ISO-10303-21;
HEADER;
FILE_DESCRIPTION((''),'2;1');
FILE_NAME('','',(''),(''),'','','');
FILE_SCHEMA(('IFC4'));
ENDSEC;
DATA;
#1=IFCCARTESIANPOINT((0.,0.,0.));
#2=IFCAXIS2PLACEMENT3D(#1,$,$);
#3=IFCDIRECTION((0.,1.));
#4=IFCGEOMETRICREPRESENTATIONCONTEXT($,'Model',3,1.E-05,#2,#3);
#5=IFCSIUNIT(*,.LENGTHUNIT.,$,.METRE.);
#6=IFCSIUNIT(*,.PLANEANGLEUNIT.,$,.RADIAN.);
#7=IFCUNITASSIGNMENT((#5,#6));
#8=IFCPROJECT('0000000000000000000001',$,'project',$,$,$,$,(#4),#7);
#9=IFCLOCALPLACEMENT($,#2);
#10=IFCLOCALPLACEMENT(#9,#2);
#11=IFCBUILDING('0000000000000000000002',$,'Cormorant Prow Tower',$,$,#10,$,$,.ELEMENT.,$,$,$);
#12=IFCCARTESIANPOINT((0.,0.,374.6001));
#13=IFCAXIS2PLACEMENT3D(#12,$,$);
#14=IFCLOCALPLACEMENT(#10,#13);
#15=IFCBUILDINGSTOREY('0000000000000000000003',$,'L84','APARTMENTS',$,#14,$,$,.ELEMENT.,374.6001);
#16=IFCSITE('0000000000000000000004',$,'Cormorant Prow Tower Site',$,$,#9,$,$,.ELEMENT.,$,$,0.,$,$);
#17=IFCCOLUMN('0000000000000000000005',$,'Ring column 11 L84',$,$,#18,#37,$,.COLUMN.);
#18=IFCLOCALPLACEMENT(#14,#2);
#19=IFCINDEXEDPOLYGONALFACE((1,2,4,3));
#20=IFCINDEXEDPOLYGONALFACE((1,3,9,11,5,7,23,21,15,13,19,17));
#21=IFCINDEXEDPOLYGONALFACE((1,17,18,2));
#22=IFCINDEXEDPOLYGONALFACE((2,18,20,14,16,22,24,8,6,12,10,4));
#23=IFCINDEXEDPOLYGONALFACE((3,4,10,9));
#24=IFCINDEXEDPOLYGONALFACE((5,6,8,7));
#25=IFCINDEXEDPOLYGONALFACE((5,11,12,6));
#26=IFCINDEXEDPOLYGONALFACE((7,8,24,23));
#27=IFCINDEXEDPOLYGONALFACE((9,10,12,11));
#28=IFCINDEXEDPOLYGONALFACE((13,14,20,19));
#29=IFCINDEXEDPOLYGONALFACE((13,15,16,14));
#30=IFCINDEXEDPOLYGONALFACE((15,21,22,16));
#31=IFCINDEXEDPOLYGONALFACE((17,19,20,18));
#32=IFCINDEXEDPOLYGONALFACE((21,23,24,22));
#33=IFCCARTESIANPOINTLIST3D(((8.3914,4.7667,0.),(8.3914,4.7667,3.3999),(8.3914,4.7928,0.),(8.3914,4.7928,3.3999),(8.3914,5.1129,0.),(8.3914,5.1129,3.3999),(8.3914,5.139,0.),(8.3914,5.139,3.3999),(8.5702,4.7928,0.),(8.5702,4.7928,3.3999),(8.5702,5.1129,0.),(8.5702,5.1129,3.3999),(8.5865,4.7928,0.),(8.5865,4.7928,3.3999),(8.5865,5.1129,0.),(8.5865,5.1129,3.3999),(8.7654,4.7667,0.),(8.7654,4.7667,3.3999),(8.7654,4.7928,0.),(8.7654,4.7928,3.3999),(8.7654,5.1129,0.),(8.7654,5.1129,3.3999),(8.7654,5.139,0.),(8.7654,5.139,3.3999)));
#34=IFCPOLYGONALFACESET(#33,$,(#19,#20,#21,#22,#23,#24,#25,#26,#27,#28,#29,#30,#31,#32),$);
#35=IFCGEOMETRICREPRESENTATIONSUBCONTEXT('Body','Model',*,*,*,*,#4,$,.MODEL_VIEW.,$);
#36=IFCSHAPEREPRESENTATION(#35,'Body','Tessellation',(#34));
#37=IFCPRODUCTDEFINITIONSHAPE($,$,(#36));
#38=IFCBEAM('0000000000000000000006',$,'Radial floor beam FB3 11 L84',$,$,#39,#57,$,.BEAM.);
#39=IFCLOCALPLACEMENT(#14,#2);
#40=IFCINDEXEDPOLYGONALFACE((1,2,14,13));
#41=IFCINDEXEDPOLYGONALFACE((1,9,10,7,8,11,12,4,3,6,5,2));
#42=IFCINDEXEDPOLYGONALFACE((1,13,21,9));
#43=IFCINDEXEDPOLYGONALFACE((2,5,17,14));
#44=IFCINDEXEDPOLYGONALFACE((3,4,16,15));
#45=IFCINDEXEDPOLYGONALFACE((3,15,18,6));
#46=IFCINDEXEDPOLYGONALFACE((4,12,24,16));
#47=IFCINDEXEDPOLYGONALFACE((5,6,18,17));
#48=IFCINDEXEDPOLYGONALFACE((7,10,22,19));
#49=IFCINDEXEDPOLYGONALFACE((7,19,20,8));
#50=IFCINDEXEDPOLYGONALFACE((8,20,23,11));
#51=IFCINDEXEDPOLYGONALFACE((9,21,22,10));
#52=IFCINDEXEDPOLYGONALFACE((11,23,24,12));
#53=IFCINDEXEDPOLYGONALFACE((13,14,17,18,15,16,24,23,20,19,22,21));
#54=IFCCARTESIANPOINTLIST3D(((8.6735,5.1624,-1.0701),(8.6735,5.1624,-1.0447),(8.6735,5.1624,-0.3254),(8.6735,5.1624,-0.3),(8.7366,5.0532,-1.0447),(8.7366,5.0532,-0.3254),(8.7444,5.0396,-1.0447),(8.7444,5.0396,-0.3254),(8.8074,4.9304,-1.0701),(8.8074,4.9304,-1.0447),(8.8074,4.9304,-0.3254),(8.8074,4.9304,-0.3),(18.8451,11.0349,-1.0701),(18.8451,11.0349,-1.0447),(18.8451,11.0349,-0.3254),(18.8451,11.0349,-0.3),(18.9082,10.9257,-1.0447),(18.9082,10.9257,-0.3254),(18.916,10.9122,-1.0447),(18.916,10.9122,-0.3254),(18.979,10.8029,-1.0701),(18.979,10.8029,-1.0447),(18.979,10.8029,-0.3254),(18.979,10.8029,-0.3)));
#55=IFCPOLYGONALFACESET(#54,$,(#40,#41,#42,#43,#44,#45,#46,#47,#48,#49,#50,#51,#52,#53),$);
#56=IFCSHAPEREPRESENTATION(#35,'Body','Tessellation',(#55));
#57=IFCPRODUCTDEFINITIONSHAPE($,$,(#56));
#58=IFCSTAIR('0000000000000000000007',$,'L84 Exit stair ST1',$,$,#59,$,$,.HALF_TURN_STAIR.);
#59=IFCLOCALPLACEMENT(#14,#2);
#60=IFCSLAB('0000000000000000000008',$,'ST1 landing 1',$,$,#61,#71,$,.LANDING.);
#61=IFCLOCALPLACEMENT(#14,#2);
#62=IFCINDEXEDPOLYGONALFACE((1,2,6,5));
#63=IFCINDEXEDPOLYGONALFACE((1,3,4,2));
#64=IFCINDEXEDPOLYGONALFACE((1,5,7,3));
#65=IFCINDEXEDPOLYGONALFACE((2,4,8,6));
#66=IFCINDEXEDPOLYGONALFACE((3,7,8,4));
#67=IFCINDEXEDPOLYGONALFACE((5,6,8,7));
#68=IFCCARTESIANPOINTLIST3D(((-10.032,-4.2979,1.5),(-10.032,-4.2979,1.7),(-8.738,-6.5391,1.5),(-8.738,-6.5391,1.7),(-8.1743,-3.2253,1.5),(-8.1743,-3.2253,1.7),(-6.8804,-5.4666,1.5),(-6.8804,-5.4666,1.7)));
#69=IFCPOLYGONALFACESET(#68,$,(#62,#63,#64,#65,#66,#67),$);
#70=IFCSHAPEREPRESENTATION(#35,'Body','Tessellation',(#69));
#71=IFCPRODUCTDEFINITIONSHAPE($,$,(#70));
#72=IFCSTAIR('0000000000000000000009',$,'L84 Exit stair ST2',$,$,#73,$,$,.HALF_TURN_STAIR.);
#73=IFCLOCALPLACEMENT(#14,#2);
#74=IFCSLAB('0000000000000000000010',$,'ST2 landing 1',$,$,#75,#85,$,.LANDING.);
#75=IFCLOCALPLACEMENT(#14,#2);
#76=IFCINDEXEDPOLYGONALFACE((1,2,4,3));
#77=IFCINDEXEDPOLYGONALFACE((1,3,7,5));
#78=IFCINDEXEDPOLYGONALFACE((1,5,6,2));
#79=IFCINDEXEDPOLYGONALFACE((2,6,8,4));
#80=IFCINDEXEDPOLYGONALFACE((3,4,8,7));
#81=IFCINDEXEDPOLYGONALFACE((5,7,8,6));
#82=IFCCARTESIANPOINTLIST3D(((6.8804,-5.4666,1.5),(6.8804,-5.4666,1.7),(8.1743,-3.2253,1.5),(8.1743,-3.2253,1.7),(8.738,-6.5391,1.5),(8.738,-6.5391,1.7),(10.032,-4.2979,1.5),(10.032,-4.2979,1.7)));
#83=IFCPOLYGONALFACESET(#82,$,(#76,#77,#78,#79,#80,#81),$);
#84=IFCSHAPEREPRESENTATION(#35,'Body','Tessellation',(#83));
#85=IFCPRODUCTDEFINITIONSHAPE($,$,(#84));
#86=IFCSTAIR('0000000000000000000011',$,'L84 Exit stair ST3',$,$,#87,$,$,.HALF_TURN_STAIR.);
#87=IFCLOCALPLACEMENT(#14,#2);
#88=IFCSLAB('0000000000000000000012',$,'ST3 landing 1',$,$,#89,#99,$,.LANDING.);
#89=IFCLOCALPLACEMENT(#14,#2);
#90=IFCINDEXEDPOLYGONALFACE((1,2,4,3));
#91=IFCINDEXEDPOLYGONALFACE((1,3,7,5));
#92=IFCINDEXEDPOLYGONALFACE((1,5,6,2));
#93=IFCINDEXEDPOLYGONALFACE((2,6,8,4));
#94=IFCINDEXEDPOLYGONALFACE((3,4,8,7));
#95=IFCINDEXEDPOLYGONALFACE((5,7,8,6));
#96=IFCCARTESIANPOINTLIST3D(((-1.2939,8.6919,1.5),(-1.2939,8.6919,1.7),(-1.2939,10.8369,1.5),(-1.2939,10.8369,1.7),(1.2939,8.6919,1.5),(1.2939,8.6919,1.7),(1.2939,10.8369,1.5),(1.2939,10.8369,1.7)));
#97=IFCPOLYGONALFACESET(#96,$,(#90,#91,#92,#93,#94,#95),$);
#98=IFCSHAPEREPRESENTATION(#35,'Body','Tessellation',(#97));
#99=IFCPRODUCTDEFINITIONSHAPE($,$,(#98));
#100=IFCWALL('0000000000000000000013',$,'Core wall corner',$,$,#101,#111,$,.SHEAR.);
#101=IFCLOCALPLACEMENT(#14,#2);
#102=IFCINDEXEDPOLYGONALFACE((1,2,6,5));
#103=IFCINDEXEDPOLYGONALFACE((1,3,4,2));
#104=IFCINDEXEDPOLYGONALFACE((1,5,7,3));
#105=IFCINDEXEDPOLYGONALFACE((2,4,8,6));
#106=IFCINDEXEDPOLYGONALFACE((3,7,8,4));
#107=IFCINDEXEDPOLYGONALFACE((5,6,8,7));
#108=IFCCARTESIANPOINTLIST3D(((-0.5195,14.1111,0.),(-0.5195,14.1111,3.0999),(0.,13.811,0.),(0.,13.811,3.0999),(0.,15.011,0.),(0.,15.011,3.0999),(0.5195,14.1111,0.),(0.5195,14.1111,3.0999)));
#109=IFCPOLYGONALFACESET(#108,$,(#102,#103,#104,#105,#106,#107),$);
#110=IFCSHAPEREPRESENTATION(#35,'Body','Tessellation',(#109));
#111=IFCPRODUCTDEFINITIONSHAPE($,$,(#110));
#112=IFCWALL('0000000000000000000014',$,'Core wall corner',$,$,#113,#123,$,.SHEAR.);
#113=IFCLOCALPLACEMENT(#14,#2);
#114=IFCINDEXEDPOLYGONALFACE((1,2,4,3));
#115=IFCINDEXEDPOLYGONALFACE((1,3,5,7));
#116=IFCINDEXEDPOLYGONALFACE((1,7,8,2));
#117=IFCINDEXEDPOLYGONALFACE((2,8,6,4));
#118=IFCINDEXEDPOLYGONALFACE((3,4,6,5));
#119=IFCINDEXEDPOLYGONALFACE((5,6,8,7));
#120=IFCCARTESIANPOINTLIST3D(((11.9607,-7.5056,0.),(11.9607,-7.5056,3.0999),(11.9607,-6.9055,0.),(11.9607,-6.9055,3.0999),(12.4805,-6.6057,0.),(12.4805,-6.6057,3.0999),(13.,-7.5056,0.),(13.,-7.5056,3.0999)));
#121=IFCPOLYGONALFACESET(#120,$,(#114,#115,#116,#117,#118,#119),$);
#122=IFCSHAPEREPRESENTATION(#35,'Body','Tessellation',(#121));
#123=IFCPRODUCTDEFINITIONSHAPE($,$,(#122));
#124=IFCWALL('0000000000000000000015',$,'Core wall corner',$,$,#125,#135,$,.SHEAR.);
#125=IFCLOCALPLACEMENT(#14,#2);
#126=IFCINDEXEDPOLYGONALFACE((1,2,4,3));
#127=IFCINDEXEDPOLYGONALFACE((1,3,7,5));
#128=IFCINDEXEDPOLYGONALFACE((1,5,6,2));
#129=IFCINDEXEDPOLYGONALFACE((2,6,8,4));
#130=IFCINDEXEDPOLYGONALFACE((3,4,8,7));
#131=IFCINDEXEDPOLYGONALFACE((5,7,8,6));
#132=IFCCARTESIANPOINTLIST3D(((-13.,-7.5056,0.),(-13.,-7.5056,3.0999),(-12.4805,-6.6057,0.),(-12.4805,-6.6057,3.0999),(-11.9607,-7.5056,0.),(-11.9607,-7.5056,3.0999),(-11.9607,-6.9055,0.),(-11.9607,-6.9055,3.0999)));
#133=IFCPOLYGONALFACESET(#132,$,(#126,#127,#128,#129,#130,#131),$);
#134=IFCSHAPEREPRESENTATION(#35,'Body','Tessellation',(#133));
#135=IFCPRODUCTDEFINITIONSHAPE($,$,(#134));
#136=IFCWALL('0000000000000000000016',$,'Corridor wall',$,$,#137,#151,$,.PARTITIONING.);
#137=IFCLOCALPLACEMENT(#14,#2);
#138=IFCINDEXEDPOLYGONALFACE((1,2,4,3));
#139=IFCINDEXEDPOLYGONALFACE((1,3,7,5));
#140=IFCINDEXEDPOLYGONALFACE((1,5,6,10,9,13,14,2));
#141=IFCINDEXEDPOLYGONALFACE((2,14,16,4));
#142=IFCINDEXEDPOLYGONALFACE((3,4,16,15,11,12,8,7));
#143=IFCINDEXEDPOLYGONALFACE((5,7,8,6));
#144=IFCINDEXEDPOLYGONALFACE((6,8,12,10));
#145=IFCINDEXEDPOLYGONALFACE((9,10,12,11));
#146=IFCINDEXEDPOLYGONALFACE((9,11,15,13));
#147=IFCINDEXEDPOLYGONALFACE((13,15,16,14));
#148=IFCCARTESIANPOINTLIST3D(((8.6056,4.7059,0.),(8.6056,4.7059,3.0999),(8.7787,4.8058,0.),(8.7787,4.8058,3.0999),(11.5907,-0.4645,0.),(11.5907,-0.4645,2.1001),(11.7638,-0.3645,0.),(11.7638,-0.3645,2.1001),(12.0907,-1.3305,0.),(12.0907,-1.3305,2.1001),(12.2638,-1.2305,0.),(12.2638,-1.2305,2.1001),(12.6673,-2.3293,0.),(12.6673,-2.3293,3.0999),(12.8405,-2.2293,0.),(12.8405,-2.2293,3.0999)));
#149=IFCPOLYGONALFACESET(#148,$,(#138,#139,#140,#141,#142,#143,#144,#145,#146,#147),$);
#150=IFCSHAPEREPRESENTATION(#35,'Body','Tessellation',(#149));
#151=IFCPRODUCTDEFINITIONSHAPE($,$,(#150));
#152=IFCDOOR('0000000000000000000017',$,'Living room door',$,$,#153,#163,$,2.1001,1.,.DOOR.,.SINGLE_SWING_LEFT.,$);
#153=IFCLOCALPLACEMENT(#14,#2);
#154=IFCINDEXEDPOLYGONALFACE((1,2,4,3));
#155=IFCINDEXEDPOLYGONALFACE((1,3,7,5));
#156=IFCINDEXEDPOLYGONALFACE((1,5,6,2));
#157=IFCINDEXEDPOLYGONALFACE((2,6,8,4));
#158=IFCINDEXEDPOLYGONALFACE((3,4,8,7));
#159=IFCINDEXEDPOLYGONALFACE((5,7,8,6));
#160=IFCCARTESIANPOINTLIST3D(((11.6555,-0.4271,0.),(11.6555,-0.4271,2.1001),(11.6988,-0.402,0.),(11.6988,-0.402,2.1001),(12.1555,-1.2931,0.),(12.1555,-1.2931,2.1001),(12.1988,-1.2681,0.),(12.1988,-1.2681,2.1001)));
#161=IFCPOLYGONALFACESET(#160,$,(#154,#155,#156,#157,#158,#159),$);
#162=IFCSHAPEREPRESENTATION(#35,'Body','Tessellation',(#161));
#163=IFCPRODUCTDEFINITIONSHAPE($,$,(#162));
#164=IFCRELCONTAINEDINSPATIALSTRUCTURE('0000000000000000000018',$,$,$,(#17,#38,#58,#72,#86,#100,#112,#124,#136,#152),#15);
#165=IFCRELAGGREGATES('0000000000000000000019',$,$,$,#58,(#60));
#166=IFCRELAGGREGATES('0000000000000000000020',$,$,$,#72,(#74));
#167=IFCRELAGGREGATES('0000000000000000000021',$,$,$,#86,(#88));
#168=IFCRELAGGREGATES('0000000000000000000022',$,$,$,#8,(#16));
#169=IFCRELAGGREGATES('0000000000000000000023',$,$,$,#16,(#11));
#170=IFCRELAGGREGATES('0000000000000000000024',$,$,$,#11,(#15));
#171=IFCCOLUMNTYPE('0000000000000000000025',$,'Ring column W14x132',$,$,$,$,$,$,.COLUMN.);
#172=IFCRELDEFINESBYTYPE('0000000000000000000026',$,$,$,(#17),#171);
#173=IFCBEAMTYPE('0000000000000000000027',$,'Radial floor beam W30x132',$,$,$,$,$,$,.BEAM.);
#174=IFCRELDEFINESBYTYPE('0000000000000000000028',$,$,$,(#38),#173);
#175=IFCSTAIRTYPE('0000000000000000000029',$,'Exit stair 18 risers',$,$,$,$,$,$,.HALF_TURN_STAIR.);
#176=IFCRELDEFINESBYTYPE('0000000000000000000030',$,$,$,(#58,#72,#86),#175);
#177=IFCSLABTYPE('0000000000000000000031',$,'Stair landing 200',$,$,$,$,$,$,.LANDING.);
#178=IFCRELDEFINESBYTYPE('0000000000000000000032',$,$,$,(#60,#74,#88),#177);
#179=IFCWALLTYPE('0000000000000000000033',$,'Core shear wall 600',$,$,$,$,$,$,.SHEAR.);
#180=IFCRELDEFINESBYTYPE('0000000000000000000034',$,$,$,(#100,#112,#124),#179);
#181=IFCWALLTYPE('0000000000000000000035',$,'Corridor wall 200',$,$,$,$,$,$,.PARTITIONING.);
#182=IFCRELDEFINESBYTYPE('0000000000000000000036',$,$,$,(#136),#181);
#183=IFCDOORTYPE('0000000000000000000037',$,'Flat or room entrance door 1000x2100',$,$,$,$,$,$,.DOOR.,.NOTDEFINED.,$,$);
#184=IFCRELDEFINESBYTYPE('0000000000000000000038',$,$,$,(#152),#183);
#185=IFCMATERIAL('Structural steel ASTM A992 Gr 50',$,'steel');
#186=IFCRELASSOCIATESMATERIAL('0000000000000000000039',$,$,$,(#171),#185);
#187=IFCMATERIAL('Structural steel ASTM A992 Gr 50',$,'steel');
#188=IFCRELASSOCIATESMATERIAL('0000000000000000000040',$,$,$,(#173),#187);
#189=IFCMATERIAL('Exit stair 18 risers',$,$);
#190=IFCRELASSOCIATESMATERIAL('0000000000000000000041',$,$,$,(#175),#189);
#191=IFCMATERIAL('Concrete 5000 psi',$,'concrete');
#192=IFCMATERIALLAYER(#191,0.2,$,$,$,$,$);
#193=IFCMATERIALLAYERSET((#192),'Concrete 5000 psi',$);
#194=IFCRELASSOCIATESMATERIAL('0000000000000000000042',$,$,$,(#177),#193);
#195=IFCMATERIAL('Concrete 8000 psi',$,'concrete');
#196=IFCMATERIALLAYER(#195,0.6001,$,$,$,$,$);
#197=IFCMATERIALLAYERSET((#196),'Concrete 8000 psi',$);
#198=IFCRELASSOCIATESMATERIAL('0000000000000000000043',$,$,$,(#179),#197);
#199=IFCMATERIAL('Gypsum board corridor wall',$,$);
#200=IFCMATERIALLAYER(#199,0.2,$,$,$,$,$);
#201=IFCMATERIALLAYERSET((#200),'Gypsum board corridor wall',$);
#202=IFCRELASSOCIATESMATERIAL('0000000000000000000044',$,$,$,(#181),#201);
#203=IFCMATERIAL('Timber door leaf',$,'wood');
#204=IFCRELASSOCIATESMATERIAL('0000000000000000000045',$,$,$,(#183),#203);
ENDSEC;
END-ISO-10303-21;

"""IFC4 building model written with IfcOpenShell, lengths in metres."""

from ifc_helpers import new_model, si_unit, direction, frame, frame_2d, origin, origin_2d, place, context, subcontext, project, spatial, polyline, rectangle, i_section, outline, extrude, material, layer, layer_set, material_profile, profile_set, type_object, element, fill, aggregate, save


model = new_model("IFC4")

# Units and contexts
model_context = context("Model", 3, precision=1e-05, world=origin(), true_north=direction((0.0, 1.0)))
body_context = subcontext(model_context, "Body", "Model", "MODEL_VIEW")
ifc_project = project(units=[si_unit("LENGTHUNIT", "METRE"), si_unit("PLANEANGLEUNIT", "RADIAN")], contexts=[model_context])

# Site, building, storey
site_placement = place(None, origin())
site = spatial("IfcSite", under=ifc_project, at=site_placement, Name="Cormorant Prow Tower Site", CompositionType="ELEMENT", RefElevation=0.0)
building_placement = place(site_placement, origin())
building = spatial("IfcBuilding", under=site, at=building_placement, Name="Cormorant Prow Tower", CompositionType="ELEMENT")
storey_placement = place(building_placement, frame((0.0, 0.0, 374.6001)))
storey = spatial("IfcBuildingStorey", under=building, at=storey_placement, Name="L84", Description="APARTMENTS", CompositionType="ELEMENT", Elevation=374.6001)

# Column
ifc_material_1 = material(Name="Structural steel ASTM A992 Gr 50", Category="steel")
ifc_material_profile_1 = material_profile(ifc_material_1, i_section(OverallWidth=0.374, OverallDepth=0.3723, WebThickness=0.0164, FlangeThickness=0.0261, at=origin_2d()), Name="W14x132")
ifc_profile_set_1 = profile_set([ifc_material_profile_1], Name="Structural steel ASTM A992 Gr 50")
column_type = type_object("IfcColumnType", Name="Ring column W14x132", PredefinedType="COLUMN", material=ifc_profile_set_1)
column_placement = place(storey_placement, frame((8.5784, 4.9529, 0.0), z_axis=(0.0, 0.0, 1.0), x_axis=(1.0, 0.0, 0.0)))
element("IfcColumn", 1, at=column_placement, inside=storey, type_object=column_type, Name="Ring column 11 L84", PredefinedType="COLUMN", context=body_context, shape_type="SweptSolid", body=[
    extrude(i_section(OverallWidth=0.374, OverallDepth=0.3723, WebThickness=0.0164, FlangeThickness=0.0261, at=origin_2d()), origin(), (0.0, 0.0, 1.0), 3.3999),
])

# Beam
ifc_material_2 = material(Name="Structural steel ASTM A992 Gr 50", Category="steel")
ifc_material_profile_2 = material_profile(ifc_material_2, i_section(OverallWidth=0.2678, OverallDepth=0.77, WebThickness=0.0156, FlangeThickness=0.0254, at=origin_2d()), Name="W30x132")
ifc_profile_set_2 = profile_set([ifc_material_profile_2], Name="Structural steel ASTM A992 Gr 50")
beam_type = type_object("IfcBeamType", Name="Radial floor beam W30x132", PredefinedType="BEAM", material=ifc_profile_set_2)
beam_placement = place(storey_placement, frame((8.7405, 5.0464, -0.6851), z_axis=(0.866027, 0.499998, 0.0), x_axis=(-0.499998, 0.866027, 0.0)))
element("IfcBeam", 2, at=beam_placement, inside=storey, type_object=beam_type, Name="Radial floor beam FB3 11 L84", PredefinedType="BEAM", context=body_context, shape_type="SweptSolid", body=[
    extrude(i_section(OverallWidth=0.2678, OverallDepth=0.77, WebThickness=0.0156, FlangeThickness=0.0254, at=origin_2d()), origin(), (0.0, 0.0, 1.0), 11.7451),
])

# Stairs, slabs
ifc_material_3 = material(Name="Exit stair 18 risers")
stair_type = type_object("IfcStairType", Name="Exit stair 18 risers", PredefinedType="HALF_TURN_STAIR", material=ifc_material_3)
stair_1_placement = place(storey_placement, origin())
stair_1 = element("IfcStair", 3, at=stair_1_placement, inside=storey, type_object=stair_type, Name="L84 Exit stair ST1", PredefinedType="HALF_TURN_STAIR")
ifc_material_4 = material(Name="Concrete 5000 psi", Category="concrete")
ifc_layer_1 = layer(ifc_material_4, 0.2)
ifc_layer_set_1 = layer_set([ifc_layer_1], Name="Concrete 5000 psi")
slab_type = type_object("IfcSlabType", Name="Stair landing 200", PredefinedType="LANDING", material=ifc_layer_set_1)
slab_1_placement = place(storey_placement, frame((0.0, 0.0, 1.5)))
slab_1 = element("IfcSlab", 4, at=slab_1_placement, type_object=slab_type, Name="ST1 landing 1", PredefinedType="LANDING", context=body_context, shape_type="SweptSolid", body=[
    extrude(outline(polyline([(-8.1743, -3.2253), (-10.032, -4.2979), (-8.738, -6.5391), (-6.8804, -5.4666), (-8.1743, -3.2253)])), origin(), (0.0, 0.0, 1.0), 0.2),
])
aggregate(stair_1, [slab_1])
stair_2_placement = place(storey_placement, origin())
stair_2 = element("IfcStair", 5, at=stair_2_placement, inside=storey, type_object=stair_type, Name="L84 Exit stair ST2", PredefinedType="HALF_TURN_STAIR")
slab_2_placement = place(storey_placement, frame((0.0, 0.0, 1.5)))
slab_2 = element("IfcSlab", 6, at=slab_2_placement, type_object=slab_type, Name="ST2 landing 1", PredefinedType="LANDING", context=body_context, shape_type="SweptSolid", body=[
    extrude(outline(polyline([(6.8804, -5.4666), (8.738, -6.5391), (10.032, -4.2979), (8.1743, -3.2253), (6.8804, -5.4666)])), origin(), (0.0, 0.0, 1.0), 0.2),
])
aggregate(stair_2, [slab_2])
stair_3_placement = place(storey_placement, origin())
stair_3 = element("IfcStair", 7, at=stair_3_placement, inside=storey, type_object=stair_type, Name="L84 Exit stair ST3", PredefinedType="HALF_TURN_STAIR")
slab_3_placement = place(storey_placement, frame((0.0, 0.0, 1.5)))
slab_3 = element("IfcSlab", 8, at=slab_3_placement, type_object=slab_type, Name="ST3 landing 1", PredefinedType="LANDING", context=body_context, shape_type="SweptSolid", body=[
    extrude(outline(polyline([(1.2939, 8.6919), (1.2939, 10.8369), (-1.2939, 10.8369), (-1.2939, 8.6919), (1.2939, 8.6919)])), origin(), (0.0, 0.0, 1.0), 0.2),
])

# Walls
ifc_material_5 = material(Name="Concrete 8000 psi", Category="concrete")
ifc_layer_2 = layer(ifc_material_5, 0.6001)
ifc_layer_set_2 = layer_set([ifc_layer_2], Name="Concrete 8000 psi")
wall_type_1 = type_object("IfcWallType", Name="Core shear wall 600", PredefinedType="SHEAR", material=ifc_layer_set_2)
wall_1_placement = place(storey_placement, origin())
element("IfcWall", 9, at=wall_1_placement, inside=storey, type_object=wall_type_1, Name="Core wall corner", PredefinedType="SHEAR", context=body_context, shape_type="SweptSolid", body=[
    extrude(outline(polyline([(-0.5195, 14.1111), (0.0, 15.011), (0.5195, 14.1111), (0.0, 13.811), (-0.5195, 14.1111)])), origin(), (0.0, 0.0, 1.0), 3.0999),
])
wall_2_placement = place(storey_placement, origin())
element("IfcWall", 10, at=wall_2_placement, inside=storey, type_object=wall_type_1, Name="Core wall corner", PredefinedType="SHEAR", context=body_context, shape_type="SweptSolid", body=[
    extrude(outline(polyline([(11.9607, -7.5056), (11.9607, -6.9055), (12.4805, -6.6057), (13.0, -7.5056), (11.9607, -7.5056)])), origin(), (0.0, 0.0, 1.0), 3.0999),
])
wall_3_placement = place(storey_placement, origin())
element("IfcWall", 11, at=wall_3_placement, inside=storey, type_object=wall_type_1, Name="Core wall corner", PredefinedType="SHEAR", context=body_context, shape_type="SweptSolid", body=[
    extrude(outline(polyline([(-12.4805, -6.6057), (-11.9607, -6.9055), (-11.9607, -7.5056), (-13.0, -7.5056), (-12.4805, -6.6057)])), origin(), (0.0, 0.0, 1.0), 3.0999),
])

# Wall, opening, door
ifc_material_6 = material(Name="Gypsum board corridor wall")
ifc_layer_3 = layer(ifc_material_6, 0.2)
ifc_layer_set_3 = layer_set([ifc_layer_3], Name="Gypsum board corridor wall")
wall_type_2 = type_object("IfcWallType", Name="Corridor wall 200", PredefinedType="PARTITIONING", material=ifc_layer_set_3)
wall_4_placement = place(storey_placement, frame((8.6921, 4.7559, 0.0), z_axis=(0.0, 0.0, 1.0), x_axis=(0.500002, -0.866024, 0.0)))
wall_4 = element("IfcWall", 12, at=wall_4_placement, inside=storey, type_object=wall_type_2, Name="Corridor wall", PredefinedType="PARTITIONING", context=body_context, shape_type="SweptSolid", body=[
    extrude(rectangle(XDim=8.1235, YDim=0.2, at=frame_2d((4.0618, 0.0))), origin(), (0.0, 0.0, 1.0), 3.0999),
])
opening_1_placement = place(wall_4_placement, frame((5.9702, 0.0, 0.0)))
opening_1 = element("IfcOpeningElement", 13, at=opening_1_placement, cuts=wall_4, PredefinedType="OPENING", context=body_context, shape_type="SweptSolid", body=[
    extrude(rectangle(XDim=1.0, YDim=2.1001, at=frame_2d((0.5, 1.05))), frame((0.0, 0.1099, 0.0), z_axis=(0.0, -1.0, 0.0), x_axis=(1.0, 0.0, 0.0)), (0.0, 0.0, 1.0), 0.22),
])
ifc_material_7 = material(Name="Timber door leaf", Category="wood")
door_type_1 = type_object("IfcDoorType", Name="Flat or room entrance door 1000x2100", OperationType="NOTDEFINED", PredefinedType="DOOR", material=ifc_material_7)
door_1_placement = place(opening_1_placement, origin())
door_1 = element("IfcDoor", 14, at=door_1_placement, inside=storey, type_object=door_type_1, Name="Living room door", OperationType="SINGLE_SWING_LEFT", OverallHeight=2.1001, OverallWidth=1.0, PredefinedType="DOOR", context=body_context, shape_type="SweptSolid", body=[
    extrude(rectangle(XDim=1.0, YDim=2.1001, at=frame_2d((0.5, 1.05))), frame((0.0, 0.0249, 0.0), z_axis=(0.0, -1.0, 0.0), x_axis=(1.0, 0.0, 0.0)), (0.0, 0.0, 1.0), 0.05),
])
fill(opening_1, door_1)

aggregate(stair_3, [slab_3])

save(model, "model.ifc")
